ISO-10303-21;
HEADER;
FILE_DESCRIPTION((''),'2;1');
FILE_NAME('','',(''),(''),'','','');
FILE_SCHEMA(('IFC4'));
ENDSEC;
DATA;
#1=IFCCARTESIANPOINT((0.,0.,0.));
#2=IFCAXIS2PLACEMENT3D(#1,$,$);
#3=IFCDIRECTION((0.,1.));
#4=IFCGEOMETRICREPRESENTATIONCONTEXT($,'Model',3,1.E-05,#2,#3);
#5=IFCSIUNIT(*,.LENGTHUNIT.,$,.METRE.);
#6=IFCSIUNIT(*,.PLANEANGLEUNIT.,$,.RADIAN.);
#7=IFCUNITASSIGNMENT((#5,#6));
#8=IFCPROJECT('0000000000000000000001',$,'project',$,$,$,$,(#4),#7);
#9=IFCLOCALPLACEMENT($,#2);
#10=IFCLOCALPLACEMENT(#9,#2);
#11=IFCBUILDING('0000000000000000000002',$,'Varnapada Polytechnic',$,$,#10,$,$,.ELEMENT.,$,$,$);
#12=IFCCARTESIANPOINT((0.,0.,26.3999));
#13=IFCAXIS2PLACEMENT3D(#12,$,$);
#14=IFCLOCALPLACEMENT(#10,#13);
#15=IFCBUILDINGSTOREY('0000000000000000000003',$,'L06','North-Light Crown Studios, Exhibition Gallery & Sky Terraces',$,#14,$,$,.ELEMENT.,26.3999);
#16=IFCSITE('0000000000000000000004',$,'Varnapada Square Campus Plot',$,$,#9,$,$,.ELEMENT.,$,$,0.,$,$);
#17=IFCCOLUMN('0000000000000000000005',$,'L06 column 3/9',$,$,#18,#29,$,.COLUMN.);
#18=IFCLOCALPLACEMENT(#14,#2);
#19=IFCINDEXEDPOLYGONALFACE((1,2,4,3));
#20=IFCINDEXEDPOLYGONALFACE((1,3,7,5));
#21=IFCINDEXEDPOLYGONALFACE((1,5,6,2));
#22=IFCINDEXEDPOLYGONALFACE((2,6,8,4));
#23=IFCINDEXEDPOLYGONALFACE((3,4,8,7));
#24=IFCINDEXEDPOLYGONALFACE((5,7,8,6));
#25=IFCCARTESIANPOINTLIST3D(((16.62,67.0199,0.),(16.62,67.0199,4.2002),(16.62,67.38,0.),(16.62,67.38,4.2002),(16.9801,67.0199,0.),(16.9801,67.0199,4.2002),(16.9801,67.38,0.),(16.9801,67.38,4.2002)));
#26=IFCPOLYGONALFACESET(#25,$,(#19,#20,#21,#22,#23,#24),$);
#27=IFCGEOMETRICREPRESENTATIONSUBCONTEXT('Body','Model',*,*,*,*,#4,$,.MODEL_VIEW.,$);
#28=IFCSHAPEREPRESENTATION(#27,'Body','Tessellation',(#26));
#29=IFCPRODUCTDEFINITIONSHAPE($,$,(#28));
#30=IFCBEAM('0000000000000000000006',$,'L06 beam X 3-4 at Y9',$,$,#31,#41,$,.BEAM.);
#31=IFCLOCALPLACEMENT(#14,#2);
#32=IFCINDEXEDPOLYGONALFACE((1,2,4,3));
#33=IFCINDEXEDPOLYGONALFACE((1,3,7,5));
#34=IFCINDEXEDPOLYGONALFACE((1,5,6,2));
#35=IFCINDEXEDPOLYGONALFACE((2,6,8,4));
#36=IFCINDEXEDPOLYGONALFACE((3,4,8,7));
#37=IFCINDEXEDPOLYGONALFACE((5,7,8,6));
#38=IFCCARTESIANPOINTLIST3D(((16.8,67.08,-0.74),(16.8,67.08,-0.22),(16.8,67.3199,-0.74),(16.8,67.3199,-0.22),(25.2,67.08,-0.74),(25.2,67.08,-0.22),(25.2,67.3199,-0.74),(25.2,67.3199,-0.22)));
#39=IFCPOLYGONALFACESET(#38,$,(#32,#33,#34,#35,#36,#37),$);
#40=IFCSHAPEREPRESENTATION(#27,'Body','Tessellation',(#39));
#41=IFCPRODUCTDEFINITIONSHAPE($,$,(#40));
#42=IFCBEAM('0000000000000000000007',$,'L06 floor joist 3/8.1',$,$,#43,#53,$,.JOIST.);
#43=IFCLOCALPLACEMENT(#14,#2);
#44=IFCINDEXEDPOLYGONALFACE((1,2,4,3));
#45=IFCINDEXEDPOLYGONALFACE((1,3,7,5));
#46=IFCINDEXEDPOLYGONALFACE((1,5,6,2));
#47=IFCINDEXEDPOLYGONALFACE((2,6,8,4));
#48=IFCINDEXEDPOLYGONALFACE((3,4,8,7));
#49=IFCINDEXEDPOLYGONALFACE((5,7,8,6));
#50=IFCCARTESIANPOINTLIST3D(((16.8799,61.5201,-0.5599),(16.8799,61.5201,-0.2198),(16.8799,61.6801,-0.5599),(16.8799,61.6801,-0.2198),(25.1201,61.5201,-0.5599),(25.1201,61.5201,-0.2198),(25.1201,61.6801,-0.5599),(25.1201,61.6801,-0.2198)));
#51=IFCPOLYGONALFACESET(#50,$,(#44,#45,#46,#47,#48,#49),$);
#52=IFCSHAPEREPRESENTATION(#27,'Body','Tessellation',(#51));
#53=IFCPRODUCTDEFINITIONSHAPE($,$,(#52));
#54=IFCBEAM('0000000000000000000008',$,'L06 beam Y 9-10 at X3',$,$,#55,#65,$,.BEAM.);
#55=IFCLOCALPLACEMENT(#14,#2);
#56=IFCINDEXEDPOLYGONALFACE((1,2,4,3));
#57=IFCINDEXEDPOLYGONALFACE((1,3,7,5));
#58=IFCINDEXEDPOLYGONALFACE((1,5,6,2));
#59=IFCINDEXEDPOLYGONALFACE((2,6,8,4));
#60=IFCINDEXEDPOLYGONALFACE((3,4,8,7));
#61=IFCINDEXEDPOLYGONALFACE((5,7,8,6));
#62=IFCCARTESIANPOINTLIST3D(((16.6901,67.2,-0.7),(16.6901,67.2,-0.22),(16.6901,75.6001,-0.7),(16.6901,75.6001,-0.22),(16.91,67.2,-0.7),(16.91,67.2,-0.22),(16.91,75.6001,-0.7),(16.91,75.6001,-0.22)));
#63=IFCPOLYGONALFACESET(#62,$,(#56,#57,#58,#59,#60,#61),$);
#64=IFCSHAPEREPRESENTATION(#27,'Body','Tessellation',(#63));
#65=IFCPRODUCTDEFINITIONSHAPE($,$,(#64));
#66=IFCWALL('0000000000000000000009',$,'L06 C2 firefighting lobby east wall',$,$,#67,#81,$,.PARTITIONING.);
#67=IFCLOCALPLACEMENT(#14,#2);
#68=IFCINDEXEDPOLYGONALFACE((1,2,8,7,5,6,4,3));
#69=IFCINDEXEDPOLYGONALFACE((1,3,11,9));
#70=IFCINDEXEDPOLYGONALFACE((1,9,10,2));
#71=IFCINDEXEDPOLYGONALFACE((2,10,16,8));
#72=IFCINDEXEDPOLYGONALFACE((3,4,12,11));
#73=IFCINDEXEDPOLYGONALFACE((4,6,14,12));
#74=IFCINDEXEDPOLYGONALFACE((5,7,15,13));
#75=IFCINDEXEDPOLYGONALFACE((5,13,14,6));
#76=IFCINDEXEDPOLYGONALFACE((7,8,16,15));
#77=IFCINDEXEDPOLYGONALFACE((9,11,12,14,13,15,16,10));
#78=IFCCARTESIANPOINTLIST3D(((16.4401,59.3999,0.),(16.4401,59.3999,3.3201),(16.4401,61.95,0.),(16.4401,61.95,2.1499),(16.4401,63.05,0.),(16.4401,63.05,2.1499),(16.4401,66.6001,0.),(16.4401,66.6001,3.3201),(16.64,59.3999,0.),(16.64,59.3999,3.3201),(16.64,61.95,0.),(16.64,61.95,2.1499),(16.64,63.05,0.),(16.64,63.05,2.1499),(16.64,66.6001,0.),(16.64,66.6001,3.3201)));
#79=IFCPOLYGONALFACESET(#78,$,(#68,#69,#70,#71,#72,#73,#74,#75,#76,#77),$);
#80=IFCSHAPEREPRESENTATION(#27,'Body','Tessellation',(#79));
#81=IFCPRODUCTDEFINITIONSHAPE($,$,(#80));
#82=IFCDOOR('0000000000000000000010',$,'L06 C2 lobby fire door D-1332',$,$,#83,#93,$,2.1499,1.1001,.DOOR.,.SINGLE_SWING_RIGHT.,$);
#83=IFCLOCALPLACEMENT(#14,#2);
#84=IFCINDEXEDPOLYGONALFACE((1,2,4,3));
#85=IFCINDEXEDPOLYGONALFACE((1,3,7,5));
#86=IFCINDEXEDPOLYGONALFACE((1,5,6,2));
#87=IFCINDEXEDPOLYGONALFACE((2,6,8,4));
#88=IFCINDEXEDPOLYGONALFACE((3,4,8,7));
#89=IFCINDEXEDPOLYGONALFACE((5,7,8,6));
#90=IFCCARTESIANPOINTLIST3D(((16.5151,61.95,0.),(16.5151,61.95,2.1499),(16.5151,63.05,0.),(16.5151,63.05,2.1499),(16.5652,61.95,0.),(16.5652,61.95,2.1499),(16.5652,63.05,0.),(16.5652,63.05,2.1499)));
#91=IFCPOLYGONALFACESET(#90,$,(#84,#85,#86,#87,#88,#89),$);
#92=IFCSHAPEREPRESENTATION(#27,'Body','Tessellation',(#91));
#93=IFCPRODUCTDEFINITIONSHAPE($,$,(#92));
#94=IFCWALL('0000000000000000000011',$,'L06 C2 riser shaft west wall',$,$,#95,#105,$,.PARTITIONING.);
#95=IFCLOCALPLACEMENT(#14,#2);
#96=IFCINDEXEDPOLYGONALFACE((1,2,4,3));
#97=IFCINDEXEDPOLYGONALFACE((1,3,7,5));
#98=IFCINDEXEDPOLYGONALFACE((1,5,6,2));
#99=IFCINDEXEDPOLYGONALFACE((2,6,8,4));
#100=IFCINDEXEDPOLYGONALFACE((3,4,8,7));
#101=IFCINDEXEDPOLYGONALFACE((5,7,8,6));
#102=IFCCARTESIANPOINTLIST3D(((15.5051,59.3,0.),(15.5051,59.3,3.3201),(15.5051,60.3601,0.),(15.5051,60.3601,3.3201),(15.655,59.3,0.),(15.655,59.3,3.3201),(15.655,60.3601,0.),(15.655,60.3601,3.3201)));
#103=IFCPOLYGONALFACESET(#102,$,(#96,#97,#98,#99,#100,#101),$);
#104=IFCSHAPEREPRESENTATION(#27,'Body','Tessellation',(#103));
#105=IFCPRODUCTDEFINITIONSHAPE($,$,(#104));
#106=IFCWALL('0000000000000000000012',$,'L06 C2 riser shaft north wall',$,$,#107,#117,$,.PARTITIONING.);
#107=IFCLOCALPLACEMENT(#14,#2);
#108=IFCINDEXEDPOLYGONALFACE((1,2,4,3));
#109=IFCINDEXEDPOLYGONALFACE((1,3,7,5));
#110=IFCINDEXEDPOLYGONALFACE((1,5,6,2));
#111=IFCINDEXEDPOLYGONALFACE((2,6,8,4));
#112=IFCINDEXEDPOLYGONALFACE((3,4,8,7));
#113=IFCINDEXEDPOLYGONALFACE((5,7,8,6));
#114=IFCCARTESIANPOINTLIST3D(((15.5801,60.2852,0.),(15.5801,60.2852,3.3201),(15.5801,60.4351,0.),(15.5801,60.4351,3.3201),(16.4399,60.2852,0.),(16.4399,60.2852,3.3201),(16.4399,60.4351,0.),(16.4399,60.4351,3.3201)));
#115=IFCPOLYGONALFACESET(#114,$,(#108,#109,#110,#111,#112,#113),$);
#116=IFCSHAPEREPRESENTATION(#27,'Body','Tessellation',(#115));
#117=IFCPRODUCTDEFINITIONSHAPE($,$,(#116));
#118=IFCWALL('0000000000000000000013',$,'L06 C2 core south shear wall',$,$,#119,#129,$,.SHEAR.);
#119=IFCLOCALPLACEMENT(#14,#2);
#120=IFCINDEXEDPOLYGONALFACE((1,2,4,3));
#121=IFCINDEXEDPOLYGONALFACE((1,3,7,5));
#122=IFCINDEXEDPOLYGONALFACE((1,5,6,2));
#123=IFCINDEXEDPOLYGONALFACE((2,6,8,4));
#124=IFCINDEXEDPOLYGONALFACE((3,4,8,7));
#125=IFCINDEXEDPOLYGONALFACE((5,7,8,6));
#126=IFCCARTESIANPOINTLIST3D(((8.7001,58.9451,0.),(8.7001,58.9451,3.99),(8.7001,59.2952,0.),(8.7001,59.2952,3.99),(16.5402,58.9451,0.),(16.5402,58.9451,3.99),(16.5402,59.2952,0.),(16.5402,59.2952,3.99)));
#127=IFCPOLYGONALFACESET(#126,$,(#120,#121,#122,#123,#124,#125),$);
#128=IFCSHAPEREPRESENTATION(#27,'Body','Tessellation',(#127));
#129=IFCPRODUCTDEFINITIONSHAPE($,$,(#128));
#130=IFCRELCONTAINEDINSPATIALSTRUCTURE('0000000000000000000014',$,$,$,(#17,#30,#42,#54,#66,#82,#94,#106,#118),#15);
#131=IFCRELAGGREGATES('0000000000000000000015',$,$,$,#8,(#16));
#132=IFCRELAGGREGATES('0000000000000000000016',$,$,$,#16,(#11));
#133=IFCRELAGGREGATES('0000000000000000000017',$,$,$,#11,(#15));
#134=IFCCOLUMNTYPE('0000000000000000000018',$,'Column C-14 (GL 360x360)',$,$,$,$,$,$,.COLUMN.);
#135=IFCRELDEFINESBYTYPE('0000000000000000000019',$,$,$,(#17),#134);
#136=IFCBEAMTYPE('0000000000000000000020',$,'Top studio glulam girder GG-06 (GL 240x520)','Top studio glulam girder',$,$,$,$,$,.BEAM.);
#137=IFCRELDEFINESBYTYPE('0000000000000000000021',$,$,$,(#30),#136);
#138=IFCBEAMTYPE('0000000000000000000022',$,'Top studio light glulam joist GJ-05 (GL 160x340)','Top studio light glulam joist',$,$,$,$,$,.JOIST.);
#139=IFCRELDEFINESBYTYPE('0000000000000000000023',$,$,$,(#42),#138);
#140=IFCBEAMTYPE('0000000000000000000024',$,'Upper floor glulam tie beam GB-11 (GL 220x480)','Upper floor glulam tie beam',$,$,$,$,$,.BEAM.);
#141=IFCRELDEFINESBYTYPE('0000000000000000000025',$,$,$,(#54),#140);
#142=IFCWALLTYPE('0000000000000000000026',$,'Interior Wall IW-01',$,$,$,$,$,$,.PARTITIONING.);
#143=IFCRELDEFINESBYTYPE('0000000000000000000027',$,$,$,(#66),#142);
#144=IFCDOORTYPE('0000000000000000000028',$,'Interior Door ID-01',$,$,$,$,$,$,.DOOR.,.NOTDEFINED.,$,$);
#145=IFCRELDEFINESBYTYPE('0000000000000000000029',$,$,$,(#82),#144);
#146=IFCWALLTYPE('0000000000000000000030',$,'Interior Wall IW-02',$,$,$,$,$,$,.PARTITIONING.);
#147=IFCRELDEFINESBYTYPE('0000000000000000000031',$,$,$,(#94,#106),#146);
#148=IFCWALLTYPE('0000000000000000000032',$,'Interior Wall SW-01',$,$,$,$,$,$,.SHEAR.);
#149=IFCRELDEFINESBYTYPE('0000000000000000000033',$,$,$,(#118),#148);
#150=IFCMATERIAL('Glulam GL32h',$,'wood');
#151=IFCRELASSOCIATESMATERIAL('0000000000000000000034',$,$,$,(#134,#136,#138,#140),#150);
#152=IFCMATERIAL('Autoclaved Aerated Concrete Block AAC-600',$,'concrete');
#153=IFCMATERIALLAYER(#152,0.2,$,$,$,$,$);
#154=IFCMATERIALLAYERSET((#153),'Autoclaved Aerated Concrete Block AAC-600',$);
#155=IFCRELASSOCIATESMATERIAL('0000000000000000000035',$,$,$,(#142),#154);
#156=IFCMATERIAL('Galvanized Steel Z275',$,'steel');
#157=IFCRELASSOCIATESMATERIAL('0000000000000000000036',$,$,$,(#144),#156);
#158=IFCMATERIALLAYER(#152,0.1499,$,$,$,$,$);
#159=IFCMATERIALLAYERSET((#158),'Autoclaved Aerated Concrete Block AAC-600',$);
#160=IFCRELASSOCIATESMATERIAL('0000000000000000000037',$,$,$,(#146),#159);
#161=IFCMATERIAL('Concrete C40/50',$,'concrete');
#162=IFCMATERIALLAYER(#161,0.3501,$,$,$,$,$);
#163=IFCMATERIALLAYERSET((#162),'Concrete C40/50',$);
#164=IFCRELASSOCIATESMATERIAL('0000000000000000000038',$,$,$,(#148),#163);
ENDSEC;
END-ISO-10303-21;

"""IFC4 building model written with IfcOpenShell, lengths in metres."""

from ifc_helpers import new_model, si_unit, direction, frame, frame_2d, origin, origin_2d, place, context, subcontext, project, spatial, rectangle, extrude, material, layer, layer_set, material_profile, profile_set, type_object, element, fill, save


model = new_model("IFC4")

# Units and contexts
model_context = context("Model", 3, precision=1e-05, world=origin(), true_north=direction((0.0, 1.0)))
body_context = subcontext(model_context, "Body", "Model", "MODEL_VIEW")
ifc_project = project(units=[si_unit("LENGTHUNIT", "METRE"), si_unit("PLANEANGLEUNIT", "RADIAN")], contexts=[model_context])

# Site, building, storey
site_placement = place(None, origin())
site = spatial("IfcSite", under=ifc_project, at=site_placement, Name="Varnapada Square Campus Plot", CompositionType="ELEMENT", RefElevation=0.0)
building_placement = place(site_placement, origin())
building = spatial("IfcBuilding", under=site, at=building_placement, Name="Varnapada Polytechnic", CompositionType="ELEMENT")
storey_placement = place(building_placement, frame((0.0, 0.0, 26.3999)))
storey = spatial("IfcBuildingStorey", under=building, at=storey_placement, Name="L06", Description="North-Light Crown Studios, Exhibition Gallery & Sky Terraces", CompositionType="ELEMENT", Elevation=26.3999)

# Column
ifc_material_1 = material(Name="Glulam GL32h", Category="wood")
ifc_material_profile_1 = material_profile(ifc_material_1, rectangle(XDim=0.3601, YDim=0.3601, at=origin_2d()), Name="GL 360x360")
ifc_profile_set_1 = profile_set([ifc_material_profile_1], Name="Glulam GL32h")
column_type = type_object("IfcColumnType", Name="Column C-14 (GL 360x360)", PredefinedType="COLUMN", material=ifc_profile_set_1)
column_placement = place(storey_placement, frame((16.8, 67.2, 0.0), z_axis=(0.0, 0.0, 1.0), x_axis=(1.0, 0.0, 0.0)))
element("IfcColumn", 1, at=column_placement, inside=storey, type_object=column_type, Name="L06 column 3/9", PredefinedType="COLUMN", context=body_context, shape_type="SweptSolid", body=[
    extrude(rectangle(XDim=0.3601, YDim=0.3601, at=origin_2d()), origin(), (0.0, 0.0, 1.0), 4.2002),
])

# Beams
ifc_material_profile_2 = material_profile(ifc_material_1, rectangle(XDim=0.24, YDim=0.52, at=origin_2d()), Name="GL 240x520")
ifc_profile_set_2 = profile_set([ifc_material_profile_2], Name="Glulam GL32h")
beam_type_1 = type_object("IfcBeamType", Name="Top studio glulam girder GG-06 (GL 240x520)", Description="Top studio glulam girder", PredefinedType="BEAM", material=ifc_profile_set_2)
beam_1_placement = place(storey_placement, frame((16.8, 67.2, -0.48), z_axis=(1.0, 0.0, 0.0), x_axis=(0.0, 1.0, 0.0)))
element("IfcBeam", 2, at=beam_1_placement, inside=storey, type_object=beam_type_1, Name="L06 beam X 3-4 at Y9", PredefinedType="BEAM", context=body_context, shape_type="SweptSolid", body=[
    extrude(rectangle(XDim=0.24, YDim=0.52, at=origin_2d()), origin(), (0.0, 0.0, 1.0), 8.3999),
])
ifc_material_profile_3 = material_profile(ifc_material_1, rectangle(XDim=0.1599, YDim=0.3401, at=origin_2d()), Name="GL 160x340")
ifc_profile_set_3 = profile_set([ifc_material_profile_3], Name="Glulam GL32h")
beam_type_2 = type_object("IfcBeamType", Name="Top studio light glulam joist GJ-05 (GL 160x340)", Description="Top studio light glulam joist", PredefinedType="JOIST", material=ifc_profile_set_3)
beam_2_placement = place(storey_placement, frame((16.8799, 61.6001, -0.3899), z_axis=(1.0, 0.0, 0.0), x_axis=(0.0, 1.0, 0.0)))
element("IfcBeam", 3, at=beam_2_placement, inside=storey, type_object=beam_type_2, Name="L06 floor joist 3/8.1", PredefinedType="JOIST", context=body_context, shape_type="SweptSolid", body=[
    extrude(rectangle(XDim=0.1599, YDim=0.3401, at=origin_2d()), origin(), (0.0, 0.0, 1.0), 8.2402),
])
ifc_material_profile_4 = material_profile(ifc_material_1, rectangle(XDim=0.22, YDim=0.48, at=origin_2d()), Name="GL 220x480")
ifc_profile_set_4 = profile_set([ifc_material_profile_4], Name="Glulam GL32h")
beam_type_3 = type_object("IfcBeamType", Name="Upper floor glulam tie beam GB-11 (GL 220x480)", Description="Upper floor glulam tie beam", PredefinedType="BEAM", material=ifc_profile_set_4)
beam_3_placement = place(storey_placement, frame((16.8, 67.2, -0.46), z_axis=(0.0, 1.0, 0.0), x_axis=(-1.0, 0.0, 0.0)))
element("IfcBeam", 4, at=beam_3_placement, inside=storey, type_object=beam_type_3, Name="L06 beam Y 9-10 at X3", PredefinedType="BEAM", context=body_context, shape_type="SweptSolid", body=[
    extrude(rectangle(XDim=0.22, YDim=0.48, at=origin_2d()), origin(), (0.0, 0.0, 1.0), 8.4001),
])

# Wall, opening, door
ifc_material_2 = material(Name="Autoclaved Aerated Concrete Block AAC-600", Category="concrete")
ifc_layer_1 = layer(ifc_material_2, 0.2)
ifc_layer_set_1 = layer_set([ifc_layer_1], Name="Autoclaved Aerated Concrete Block AAC-600")
wall_type_1 = type_object("IfcWallType", Name="Interior Wall IW-01", PredefinedType="PARTITIONING", material=ifc_layer_set_1)
wall_1_placement = place(storey_placement, frame((16.54, 66.6001, 0.0), z_axis=(0.0, 0.0, 1.0), x_axis=(0.0, -1.0, 0.0)))
wall_1 = element("IfcWall", 5, at=wall_1_placement, inside=storey, type_object=wall_type_1, Name="L06 C2 firefighting lobby east wall", PredefinedType="PARTITIONING", context=body_context, shape_type="SweptSolid", body=[
    extrude(rectangle(XDim=7.2002, YDim=0.2, at=frame_2d((3.6001, 0.0))), origin(), (0.0, 0.0, 1.0), 3.3201),
])
opening_1_placement = place(wall_1_placement, frame((3.55, 0.0, 0.0)))
opening_1 = element("IfcOpeningElement", 6, at=opening_1_placement, cuts=wall_1, PredefinedType="OPENING", context=body_context, shape_type="SweptSolid", body=[
    extrude(rectangle(XDim=1.1001, YDim=2.1499, at=frame_2d((0.55, 1.075))), frame((0.0, 0.1099, 0.0), z_axis=(0.0, -1.0, 0.0), x_axis=(1.0, 0.0, 0.0)), (0.0, 0.0, 1.0), 0.22),
])
ifc_material_3 = material(Name="Galvanized Steel Z275", Category="steel")
door_type_1 = type_object("IfcDoorType", Name="Interior Door ID-01", OperationType="NOTDEFINED", PredefinedType="DOOR", material=ifc_material_3)
door_1_placement = place(opening_1_placement, frame((1.1001, 0.0, 0.0), z_axis=(0.0, 0.0, 1.0), x_axis=(-1.0, 0.0, 0.0)))
door_1 = element("IfcDoor", 7, at=door_1_placement, inside=storey, type_object=door_type_1, Name="L06 C2 lobby fire door D-1332", OperationType="SINGLE_SWING_RIGHT", OverallHeight=2.1499, OverallWidth=1.1001, PredefinedType="DOOR", context=body_context, shape_type="SweptSolid", body=[
    extrude(rectangle(XDim=1.1001, YDim=2.1499, at=frame_2d((0.55, 1.075))), frame((0.0, 0.0249, 0.0), z_axis=(0.0, -1.0, 0.0), x_axis=(1.0, 0.0, 0.0)), (0.0, 0.0, 1.0), 0.05),
])
fill(opening_1, door_1)

# Walls
ifc_layer_2 = layer(ifc_material_2, 0.1499)
ifc_layer_set_2 = layer_set([ifc_layer_2], Name="Autoclaved Aerated Concrete Block AAC-600")
wall_type_2 = type_object("IfcWallType", Name="Interior Wall IW-02", PredefinedType="PARTITIONING", material=ifc_layer_set_2)
wall_2_placement = place(storey_placement, frame((15.5801, 60.3601, 0.0), z_axis=(0.0, 0.0, 1.0), x_axis=(0.0, -1.0, 0.0)))
element("IfcWall", 8, at=wall_2_placement, inside=storey, type_object=wall_type_2, Name="L06 C2 riser shaft west wall", PredefinedType="PARTITIONING", context=body_context, shape_type="SweptSolid", body=[
    extrude(rectangle(XDim=1.0601, YDim=0.1499, at=frame_2d((0.53, 0.0))), origin(), (0.0, 0.0, 1.0), 3.3201),
])
wall_3_placement = place(storey_placement, frame((15.5801, 60.3601, 0.0), z_axis=(0.0, 0.0, 1.0), x_axis=(1.0, 0.0, 0.0)))
element("IfcWall", 9, at=wall_3_placement, inside=storey, type_object=wall_type_2, Name="L06 C2 riser shaft north wall", PredefinedType="PARTITIONING", context=body_context, shape_type="SweptSolid", body=[
    extrude(rectangle(XDim=0.8599, YDim=0.1499, at=frame_2d((0.4299, 0.0))), origin(), (0.0, 0.0, 1.0), 3.3201),
])
ifc_material_4 = material(Name="Concrete C40/50", Category="concrete")
ifc_layer_3 = layer(ifc_material_4, 0.3501)
ifc_layer_set_3 = layer_set([ifc_layer_3], Name="Concrete C40/50")
wall_type_3 = type_object("IfcWallType", Name="Interior Wall SW-01", PredefinedType="SHEAR", material=ifc_layer_set_3)
wall_4_placement = place(storey_placement, frame((16.54, 59.1201, 0.0), z_axis=(0.0, 0.0, 1.0), x_axis=(-1.0, 0.0, 0.0)))
element("IfcWall", 10, at=wall_4_placement, inside=storey, type_object=wall_type_3, Name="L06 C2 core south shear wall", PredefinedType="SHEAR", context=body_context, shape_type="SweptSolid", body=[
    extrude(rectangle(XDim=7.8401, YDim=0.3501, at=frame_2d((3.9199, 0.0))), origin(), (0.0, 0.0, 1.0), 3.99),
])

save(model, "model.ifc")
